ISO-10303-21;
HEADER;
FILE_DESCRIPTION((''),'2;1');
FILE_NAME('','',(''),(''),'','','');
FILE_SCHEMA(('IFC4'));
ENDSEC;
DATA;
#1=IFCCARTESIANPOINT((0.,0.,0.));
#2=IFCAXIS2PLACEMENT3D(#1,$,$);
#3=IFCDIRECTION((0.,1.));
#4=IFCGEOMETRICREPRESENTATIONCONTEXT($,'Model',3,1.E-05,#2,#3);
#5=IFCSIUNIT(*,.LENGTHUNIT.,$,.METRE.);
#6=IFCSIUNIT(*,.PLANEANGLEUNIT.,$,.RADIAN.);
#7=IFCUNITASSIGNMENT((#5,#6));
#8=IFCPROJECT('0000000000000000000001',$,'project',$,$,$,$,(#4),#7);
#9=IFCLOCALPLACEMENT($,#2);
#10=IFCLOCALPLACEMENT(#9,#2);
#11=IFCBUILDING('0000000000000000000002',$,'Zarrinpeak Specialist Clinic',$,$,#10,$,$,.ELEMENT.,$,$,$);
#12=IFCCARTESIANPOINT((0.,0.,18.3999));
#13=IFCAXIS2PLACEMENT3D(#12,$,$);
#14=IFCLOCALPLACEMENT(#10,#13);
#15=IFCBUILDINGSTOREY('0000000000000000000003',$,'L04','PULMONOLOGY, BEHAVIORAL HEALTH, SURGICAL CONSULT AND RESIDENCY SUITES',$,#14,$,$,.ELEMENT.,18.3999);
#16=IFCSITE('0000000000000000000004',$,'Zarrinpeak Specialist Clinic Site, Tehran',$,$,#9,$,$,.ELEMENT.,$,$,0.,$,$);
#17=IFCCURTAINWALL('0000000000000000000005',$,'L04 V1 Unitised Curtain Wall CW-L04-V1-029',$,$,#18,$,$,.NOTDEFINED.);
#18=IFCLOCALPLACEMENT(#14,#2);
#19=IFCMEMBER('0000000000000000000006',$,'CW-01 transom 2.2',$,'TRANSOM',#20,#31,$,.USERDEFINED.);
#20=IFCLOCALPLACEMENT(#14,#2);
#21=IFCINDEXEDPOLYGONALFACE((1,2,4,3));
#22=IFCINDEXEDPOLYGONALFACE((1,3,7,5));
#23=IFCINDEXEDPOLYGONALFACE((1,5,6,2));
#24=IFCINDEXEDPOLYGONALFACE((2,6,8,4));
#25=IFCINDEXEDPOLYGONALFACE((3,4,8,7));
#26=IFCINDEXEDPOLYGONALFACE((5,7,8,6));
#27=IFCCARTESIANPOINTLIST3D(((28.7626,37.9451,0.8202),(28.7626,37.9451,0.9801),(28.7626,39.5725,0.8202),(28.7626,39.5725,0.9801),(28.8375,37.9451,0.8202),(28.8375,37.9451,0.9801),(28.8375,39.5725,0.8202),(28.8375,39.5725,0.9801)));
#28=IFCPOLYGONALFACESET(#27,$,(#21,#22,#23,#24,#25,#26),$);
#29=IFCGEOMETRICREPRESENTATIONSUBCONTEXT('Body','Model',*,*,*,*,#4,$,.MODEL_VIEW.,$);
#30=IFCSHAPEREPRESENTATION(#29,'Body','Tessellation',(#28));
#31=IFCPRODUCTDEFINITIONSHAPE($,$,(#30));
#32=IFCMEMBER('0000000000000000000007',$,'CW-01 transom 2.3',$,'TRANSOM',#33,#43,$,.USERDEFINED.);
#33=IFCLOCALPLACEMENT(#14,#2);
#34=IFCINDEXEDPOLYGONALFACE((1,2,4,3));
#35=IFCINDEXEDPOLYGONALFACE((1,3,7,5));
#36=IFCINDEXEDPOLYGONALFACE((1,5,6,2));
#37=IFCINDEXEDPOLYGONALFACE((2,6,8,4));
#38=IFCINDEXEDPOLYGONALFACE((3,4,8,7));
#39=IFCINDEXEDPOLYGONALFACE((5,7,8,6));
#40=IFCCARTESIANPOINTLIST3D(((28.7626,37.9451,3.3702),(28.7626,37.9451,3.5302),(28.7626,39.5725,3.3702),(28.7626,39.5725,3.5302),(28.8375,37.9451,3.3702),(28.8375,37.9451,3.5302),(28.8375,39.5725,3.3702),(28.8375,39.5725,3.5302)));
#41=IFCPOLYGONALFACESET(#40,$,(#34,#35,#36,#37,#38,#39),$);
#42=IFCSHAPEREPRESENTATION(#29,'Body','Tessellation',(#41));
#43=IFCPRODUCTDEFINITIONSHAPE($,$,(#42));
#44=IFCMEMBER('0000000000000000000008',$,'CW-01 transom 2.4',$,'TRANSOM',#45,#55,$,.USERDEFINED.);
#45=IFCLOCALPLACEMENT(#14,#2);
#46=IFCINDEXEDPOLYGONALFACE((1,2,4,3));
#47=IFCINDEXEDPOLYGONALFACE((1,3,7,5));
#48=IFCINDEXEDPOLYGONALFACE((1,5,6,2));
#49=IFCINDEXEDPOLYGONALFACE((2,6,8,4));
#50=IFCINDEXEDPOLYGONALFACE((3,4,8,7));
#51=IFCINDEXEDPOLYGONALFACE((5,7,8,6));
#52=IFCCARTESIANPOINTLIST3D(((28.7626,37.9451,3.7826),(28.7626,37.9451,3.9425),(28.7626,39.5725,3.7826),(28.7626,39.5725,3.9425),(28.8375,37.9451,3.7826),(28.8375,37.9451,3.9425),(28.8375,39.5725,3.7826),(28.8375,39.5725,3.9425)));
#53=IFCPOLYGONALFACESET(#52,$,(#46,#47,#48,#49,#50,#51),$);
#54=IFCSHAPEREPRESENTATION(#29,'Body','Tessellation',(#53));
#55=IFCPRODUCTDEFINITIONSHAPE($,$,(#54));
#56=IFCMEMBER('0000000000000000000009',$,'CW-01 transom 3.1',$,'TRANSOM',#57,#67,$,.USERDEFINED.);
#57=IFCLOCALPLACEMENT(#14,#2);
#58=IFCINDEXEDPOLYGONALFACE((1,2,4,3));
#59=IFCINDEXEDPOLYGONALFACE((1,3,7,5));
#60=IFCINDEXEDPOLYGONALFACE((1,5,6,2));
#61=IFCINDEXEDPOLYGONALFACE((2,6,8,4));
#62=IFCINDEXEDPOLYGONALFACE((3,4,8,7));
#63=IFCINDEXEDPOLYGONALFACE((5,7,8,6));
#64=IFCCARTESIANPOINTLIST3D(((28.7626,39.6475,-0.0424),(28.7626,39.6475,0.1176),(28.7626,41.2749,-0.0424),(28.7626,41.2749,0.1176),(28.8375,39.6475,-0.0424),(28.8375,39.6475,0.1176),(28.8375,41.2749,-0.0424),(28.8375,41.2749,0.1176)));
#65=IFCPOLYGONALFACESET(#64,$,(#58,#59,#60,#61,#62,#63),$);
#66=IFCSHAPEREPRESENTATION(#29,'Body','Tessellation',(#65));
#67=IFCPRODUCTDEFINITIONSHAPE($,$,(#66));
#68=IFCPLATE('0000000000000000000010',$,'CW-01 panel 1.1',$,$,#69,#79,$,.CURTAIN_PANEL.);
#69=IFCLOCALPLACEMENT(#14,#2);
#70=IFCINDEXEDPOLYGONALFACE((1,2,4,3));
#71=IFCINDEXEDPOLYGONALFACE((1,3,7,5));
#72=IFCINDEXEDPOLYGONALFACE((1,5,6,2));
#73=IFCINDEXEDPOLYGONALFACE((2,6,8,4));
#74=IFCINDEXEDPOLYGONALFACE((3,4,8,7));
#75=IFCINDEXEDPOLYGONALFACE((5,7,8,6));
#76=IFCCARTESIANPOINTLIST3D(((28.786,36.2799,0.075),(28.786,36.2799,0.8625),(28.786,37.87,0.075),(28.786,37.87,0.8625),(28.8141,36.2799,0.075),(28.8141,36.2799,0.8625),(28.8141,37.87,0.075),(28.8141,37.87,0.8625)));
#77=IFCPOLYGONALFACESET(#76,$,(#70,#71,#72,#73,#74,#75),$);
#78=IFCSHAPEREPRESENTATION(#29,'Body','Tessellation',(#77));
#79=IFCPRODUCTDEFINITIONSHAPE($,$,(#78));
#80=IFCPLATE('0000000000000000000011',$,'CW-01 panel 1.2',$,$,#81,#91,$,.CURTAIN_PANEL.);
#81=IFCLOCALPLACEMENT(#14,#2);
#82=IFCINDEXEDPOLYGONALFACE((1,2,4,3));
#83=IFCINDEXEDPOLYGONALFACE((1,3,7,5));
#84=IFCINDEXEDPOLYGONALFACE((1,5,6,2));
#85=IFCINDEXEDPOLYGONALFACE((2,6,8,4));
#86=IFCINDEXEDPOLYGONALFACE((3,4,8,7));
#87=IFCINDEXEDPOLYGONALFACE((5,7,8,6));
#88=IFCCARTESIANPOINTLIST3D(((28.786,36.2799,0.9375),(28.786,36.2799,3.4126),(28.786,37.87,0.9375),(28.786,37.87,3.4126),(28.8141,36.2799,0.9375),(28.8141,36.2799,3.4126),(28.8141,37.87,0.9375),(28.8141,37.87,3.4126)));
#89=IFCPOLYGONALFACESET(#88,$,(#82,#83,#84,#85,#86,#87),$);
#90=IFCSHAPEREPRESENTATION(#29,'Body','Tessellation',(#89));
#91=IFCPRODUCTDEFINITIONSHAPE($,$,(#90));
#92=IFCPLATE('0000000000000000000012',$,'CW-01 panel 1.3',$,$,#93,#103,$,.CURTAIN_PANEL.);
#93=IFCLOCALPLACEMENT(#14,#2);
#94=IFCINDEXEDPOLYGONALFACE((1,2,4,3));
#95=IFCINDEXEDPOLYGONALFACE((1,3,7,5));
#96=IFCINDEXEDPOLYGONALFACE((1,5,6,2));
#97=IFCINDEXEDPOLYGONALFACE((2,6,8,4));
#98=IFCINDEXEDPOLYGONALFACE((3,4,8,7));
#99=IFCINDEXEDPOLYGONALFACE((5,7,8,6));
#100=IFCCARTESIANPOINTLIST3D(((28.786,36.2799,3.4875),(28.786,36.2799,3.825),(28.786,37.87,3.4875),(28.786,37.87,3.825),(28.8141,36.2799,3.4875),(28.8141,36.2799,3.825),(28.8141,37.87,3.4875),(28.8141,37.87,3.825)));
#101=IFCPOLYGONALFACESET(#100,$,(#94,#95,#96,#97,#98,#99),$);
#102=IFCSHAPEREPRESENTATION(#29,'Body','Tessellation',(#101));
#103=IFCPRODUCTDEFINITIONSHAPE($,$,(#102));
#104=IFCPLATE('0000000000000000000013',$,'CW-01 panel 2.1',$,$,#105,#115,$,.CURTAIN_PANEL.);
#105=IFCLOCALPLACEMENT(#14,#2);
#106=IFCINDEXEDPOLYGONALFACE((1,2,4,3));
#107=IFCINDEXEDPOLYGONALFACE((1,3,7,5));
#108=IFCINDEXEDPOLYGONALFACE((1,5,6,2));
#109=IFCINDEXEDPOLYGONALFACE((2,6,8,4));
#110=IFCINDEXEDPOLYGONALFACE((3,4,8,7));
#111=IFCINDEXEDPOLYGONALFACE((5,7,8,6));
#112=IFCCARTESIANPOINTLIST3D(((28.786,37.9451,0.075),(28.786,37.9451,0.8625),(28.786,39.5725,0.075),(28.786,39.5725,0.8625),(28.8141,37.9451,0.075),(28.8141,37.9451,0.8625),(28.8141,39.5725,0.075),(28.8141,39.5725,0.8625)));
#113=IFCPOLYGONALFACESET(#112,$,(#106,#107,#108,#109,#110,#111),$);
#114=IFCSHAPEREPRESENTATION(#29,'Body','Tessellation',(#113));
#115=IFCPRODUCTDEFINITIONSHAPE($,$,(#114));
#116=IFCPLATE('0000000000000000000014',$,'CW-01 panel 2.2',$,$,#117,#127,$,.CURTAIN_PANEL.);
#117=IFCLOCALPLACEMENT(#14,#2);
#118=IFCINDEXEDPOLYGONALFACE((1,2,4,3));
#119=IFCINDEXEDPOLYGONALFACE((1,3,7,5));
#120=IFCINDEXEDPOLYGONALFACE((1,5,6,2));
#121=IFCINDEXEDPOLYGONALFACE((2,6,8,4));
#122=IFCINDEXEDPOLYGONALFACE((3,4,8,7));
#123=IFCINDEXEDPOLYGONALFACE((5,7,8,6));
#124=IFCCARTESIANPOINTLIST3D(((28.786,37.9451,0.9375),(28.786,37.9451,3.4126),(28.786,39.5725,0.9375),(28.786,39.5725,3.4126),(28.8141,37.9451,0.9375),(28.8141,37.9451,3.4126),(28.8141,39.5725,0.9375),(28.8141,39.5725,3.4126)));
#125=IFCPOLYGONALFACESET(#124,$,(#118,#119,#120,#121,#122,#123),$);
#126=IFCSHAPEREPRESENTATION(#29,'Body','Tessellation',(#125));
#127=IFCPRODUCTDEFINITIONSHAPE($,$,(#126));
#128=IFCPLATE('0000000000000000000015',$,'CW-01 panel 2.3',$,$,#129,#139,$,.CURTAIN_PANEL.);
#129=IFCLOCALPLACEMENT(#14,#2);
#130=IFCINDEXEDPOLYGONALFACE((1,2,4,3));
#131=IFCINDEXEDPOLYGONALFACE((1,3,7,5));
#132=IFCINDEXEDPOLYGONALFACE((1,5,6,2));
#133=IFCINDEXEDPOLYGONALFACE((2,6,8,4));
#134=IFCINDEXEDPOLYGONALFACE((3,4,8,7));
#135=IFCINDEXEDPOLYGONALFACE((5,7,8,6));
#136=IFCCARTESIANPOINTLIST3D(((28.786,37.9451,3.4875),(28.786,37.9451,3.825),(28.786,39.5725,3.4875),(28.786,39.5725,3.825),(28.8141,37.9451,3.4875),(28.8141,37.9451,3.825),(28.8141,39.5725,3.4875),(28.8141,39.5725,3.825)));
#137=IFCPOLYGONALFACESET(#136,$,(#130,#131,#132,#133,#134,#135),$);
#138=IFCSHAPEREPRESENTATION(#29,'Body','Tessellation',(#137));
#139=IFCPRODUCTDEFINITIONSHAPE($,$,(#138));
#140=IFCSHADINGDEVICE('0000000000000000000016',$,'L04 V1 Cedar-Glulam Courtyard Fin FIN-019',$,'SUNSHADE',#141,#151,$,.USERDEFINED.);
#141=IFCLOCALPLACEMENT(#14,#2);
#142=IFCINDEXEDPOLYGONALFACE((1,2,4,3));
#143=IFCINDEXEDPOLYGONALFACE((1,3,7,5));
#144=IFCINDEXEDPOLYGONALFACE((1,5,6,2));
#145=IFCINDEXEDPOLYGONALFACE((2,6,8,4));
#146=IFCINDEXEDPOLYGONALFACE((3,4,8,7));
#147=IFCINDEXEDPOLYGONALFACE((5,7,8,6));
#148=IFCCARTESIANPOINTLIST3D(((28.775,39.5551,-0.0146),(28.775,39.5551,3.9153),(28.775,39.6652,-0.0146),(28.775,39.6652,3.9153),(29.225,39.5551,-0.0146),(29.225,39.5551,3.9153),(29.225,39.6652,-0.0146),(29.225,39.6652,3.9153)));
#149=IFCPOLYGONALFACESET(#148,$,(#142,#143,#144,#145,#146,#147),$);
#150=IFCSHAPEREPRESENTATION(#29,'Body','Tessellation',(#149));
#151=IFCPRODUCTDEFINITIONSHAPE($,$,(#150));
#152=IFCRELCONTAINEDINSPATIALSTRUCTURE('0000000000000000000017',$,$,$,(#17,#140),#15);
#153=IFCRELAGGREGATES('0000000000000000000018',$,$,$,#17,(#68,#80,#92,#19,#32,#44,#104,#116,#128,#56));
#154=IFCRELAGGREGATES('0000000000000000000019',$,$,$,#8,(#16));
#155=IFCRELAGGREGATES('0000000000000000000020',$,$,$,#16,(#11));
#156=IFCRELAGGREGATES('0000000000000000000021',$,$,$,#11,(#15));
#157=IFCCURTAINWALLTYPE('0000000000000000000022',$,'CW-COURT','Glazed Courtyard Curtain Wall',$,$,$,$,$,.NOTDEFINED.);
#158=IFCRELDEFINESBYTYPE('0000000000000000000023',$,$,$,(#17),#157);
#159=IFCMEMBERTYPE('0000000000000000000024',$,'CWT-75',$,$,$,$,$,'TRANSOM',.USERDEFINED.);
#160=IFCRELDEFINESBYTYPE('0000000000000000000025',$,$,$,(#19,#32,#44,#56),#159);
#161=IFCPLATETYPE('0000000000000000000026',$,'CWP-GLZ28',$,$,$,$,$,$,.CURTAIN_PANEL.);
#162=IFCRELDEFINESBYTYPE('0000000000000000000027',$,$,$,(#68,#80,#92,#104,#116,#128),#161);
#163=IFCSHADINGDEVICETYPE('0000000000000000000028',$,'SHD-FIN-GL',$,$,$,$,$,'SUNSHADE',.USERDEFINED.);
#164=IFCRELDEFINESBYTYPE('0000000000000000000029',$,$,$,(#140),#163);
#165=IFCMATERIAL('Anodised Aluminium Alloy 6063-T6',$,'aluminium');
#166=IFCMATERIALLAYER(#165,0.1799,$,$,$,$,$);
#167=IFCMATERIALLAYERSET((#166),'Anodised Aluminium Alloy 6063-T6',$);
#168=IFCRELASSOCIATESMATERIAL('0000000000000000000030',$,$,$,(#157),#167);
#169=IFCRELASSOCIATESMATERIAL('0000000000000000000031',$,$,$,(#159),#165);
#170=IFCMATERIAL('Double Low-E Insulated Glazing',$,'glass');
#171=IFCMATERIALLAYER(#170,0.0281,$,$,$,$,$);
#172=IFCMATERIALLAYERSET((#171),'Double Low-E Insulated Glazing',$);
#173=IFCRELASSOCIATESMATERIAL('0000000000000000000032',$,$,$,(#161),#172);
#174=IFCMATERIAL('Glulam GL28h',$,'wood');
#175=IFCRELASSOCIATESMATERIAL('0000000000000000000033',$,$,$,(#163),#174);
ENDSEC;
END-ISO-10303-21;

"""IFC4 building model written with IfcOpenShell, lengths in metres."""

from ifc_helpers import new_model, si_unit, direction, frame, origin, origin_2d, place, context, subcontext, project, spatial, rectangle, extrude, material, layer, layer_set, material_profile, profile_set, type_object, element, aggregate, save


model = new_model("IFC4")

# Units and contexts
model_context = context("Model", 3, precision=1e-05, world=origin(), true_north=direction((0.0, 1.0)))
body_context = subcontext(model_context, "Body", "Model", "MODEL_VIEW")
ifc_project = project(units=[si_unit("LENGTHUNIT", "METRE"), si_unit("PLANEANGLEUNIT", "RADIAN")], contexts=[model_context])

# Site, building, storey
site_placement = place(None, origin())
site = spatial("IfcSite", under=ifc_project, at=site_placement, Name="Zarrinpeak Specialist Clinic Site, Tehran", CompositionType="ELEMENT", RefElevation=0.0)
building_placement = place(site_placement, origin())
building = spatial("IfcBuilding", under=site, at=building_placement, Name="Zarrinpeak Specialist Clinic", CompositionType="ELEMENT")
storey_placement = place(building_placement, frame((0.0, 0.0, 18.3999)))
storey = spatial("IfcBuildingStorey", under=building, at=storey_placement, Name="L04", Description="PULMONOLOGY, BEHAVIORAL HEALTH, SURGICAL CONSULT AND RESIDENCY SUITES", CompositionType="ELEMENT", Elevation=18.3999)

# Shared definitions
ifc_material_1 = material(Name="Anodised Aluminium Alloy 6063-T6", Category="aluminium")
ifc_layer_1 = layer(ifc_material_1, 0.1799)
ifc_layer_set_1 = layer_set([ifc_layer_1], Name="Anodised Aluminium Alloy 6063-T6")
curtain_wall_type = type_object("IfcCurtainWallType", Name="CW-COURT", Description="Glazed Courtyard Curtain Wall", PredefinedType="NOTDEFINED", material=ifc_layer_set_1)

# Curtain wall, members, plates
curtain_wall_1_placement = place(storey_placement, origin())
curtain_wall_1 = element("IfcCurtainWall", 1, at=curtain_wall_1_placement, inside=storey, type_object=curtain_wall_type, Name="L04 V1 Unitised Curtain Wall CW-L04-V1-029", PredefinedType="NOTDEFINED")
ifc_material_profile_1 = material_profile(ifc_material_1, rectangle(XDim=0.075, YDim=0.1599, at=origin_2d()), Name="ALU 75x160")
ifc_profile_set_1 = profile_set([ifc_material_profile_1], Name="Anodised Aluminium Alloy 6063-T6")
member_type_1 = type_object("IfcMemberType", Name="CWT-75", ElementType="TRANSOM", PredefinedType="USERDEFINED", material=ifc_profile_set_1)
member_1_placement = place(storey_placement, frame((28.8, 37.9451, 0.9001), z_axis=(0.0, 1.0, 0.0), x_axis=(-1.0, 0.0, 0.0)))
member_1 = element("IfcMember", 2, at=member_1_placement, type_object=member_type_1, Name="CW-01 transom 2.2", ObjectType="TRANSOM", PredefinedType="USERDEFINED", context=body_context, shape_type="SweptSolid", body=[
    extrude(rectangle(XDim=0.075, YDim=0.1599, at=origin_2d()), origin(), (0.0, 0.0, 1.0), 1.6274),
])
member_2_placement = place(storey_placement, frame((28.8, 37.9451, 3.4502), z_axis=(0.0, 1.0, 0.0), x_axis=(-1.0, 0.0, 0.0)))
member_2 = element("IfcMember", 3, at=member_2_placement, type_object=member_type_1, Name="CW-01 transom 2.3", ObjectType="TRANSOM", PredefinedType="USERDEFINED", context=body_context, shape_type="SweptSolid", body=[
    extrude(rectangle(XDim=0.075, YDim=0.1599, at=origin_2d()), origin(), (0.0, 0.0, 1.0), 1.6274),
])
member_3_placement = place(storey_placement, frame((28.8, 37.9451, 3.8625), z_axis=(0.0, 1.0, 0.0), x_axis=(-1.0, 0.0, 0.0)))
member_3 = element("IfcMember", 4, at=member_3_placement, type_object=member_type_1, Name="CW-01 transom 2.4", ObjectType="TRANSOM", PredefinedType="USERDEFINED", context=body_context, shape_type="SweptSolid", body=[
    extrude(rectangle(XDim=0.075, YDim=0.1599, at=origin_2d()), origin(), (0.0, 0.0, 1.0), 1.6274),
])
member_4_placement = place(storey_placement, frame((28.8, 39.6475, 0.0376), z_axis=(0.0, 1.0, 0.0), x_axis=(-1.0, 0.0, 0.0)))
member_4 = element("IfcMember", 5, at=member_4_placement, type_object=member_type_1, Name="CW-01 transom 3.1", ObjectType="TRANSOM", PredefinedType="USERDEFINED", context=body_context, shape_type="SweptSolid", body=[
    extrude(rectangle(XDim=0.075, YDim=0.1599, at=origin_2d()), origin(), (0.0, 0.0, 1.0), 1.6274),
])
ifc_material_2 = material(Name="Double Low-E Insulated Glazing", Category="glass")
ifc_layer_2 = layer(ifc_material_2, 0.0281)
ifc_layer_set_2 = layer_set([ifc_layer_2], Name="Double Low-E Insulated Glazing")
plate_type = type_object("IfcPlateType", Name="CWP-GLZ28", PredefinedType="CURTAIN_PANEL", material=ifc_layer_set_2)
plate_1_placement = place(storey_placement, frame((28.8, 37.075, 0.075), z_axis=(0.0, 0.0, 1.0), x_axis=(0.0, 1.0, 0.0)))
plate_1 = element("IfcPlate", 6, at=plate_1_placement, type_object=plate_type, Name="CW-01 panel 1.1", PredefinedType="CURTAIN_PANEL", context=body_context, shape_type="SweptSolid", body=[
    extrude(rectangle(XDim=1.5901, YDim=0.0281, at=origin_2d()), origin(), (0.0, 0.0, 1.0), 0.7876),
])
plate_2_placement = place(storey_placement, frame((28.8, 37.075, 0.9375), z_axis=(0.0, 0.0, 1.0), x_axis=(0.0, 1.0, 0.0)))
plate_2 = element("IfcPlate", 7, at=plate_2_placement, type_object=plate_type, Name="CW-01 panel 1.2", PredefinedType="CURTAIN_PANEL", context=body_context, shape_type="SweptSolid", body=[
    extrude(rectangle(XDim=1.5901, YDim=0.0281, at=origin_2d()), origin(), (0.0, 0.0, 1.0), 2.4751),
])
plate_3_placement = place(storey_placement, frame((28.8, 37.075, 3.4875), z_axis=(0.0, 0.0, 1.0), x_axis=(0.0, 1.0, 0.0)))
plate_3 = element("IfcPlate", 8, at=plate_3_placement, type_object=plate_type, Name="CW-01 panel 1.3", PredefinedType="CURTAIN_PANEL", context=body_context, shape_type="SweptSolid", body=[
    extrude(rectangle(XDim=1.5901, YDim=0.0281, at=origin_2d()), origin(), (0.0, 0.0, 1.0), 0.3374),
])
plate_4_placement = place(storey_placement, frame((28.8, 38.7588, 0.075), z_axis=(0.0, 0.0, 1.0), x_axis=(0.0, 1.0, 0.0)))
plate_4 = element("IfcPlate", 9, at=plate_4_placement, type_object=plate_type, Name="CW-01 panel 2.1", PredefinedType="CURTAIN_PANEL", context=body_context, shape_type="SweptSolid", body=[
    extrude(rectangle(XDim=1.6274, YDim=0.0281, at=origin_2d()), origin(), (0.0, 0.0, 1.0), 0.7876),
])
plate_5_placement = place(storey_placement, frame((28.8, 38.7588, 0.9375), z_axis=(0.0, 0.0, 1.0), x_axis=(0.0, 1.0, 0.0)))
plate_5 = element("IfcPlate", 10, at=plate_5_placement, type_object=plate_type, Name="CW-01 panel 2.2", PredefinedType="CURTAIN_PANEL", context=body_context, shape_type="SweptSolid", body=[
    extrude(rectangle(XDim=1.6274, YDim=0.0281, at=origin_2d()), origin(), (0.0, 0.0, 1.0), 2.4751),
])
plate_6_placement = place(storey_placement, frame((28.8, 38.7588, 3.4875), z_axis=(0.0, 0.0, 1.0), x_axis=(0.0, 1.0, 0.0)))
plate_6 = element("IfcPlate", 11, at=plate_6_placement, type_object=plate_type, Name="CW-01 panel 2.3", PredefinedType="CURTAIN_PANEL", context=body_context, shape_type="SweptSolid", body=[
    extrude(rectangle(XDim=1.6274, YDim=0.0281, at=origin_2d()), origin(), (0.0, 0.0, 1.0), 0.3374),
])
aggregate(curtain_wall_1, [plate_1, plate_2, plate_3, member_1, member_2, member_3, plate_4, plate_5, plate_6, member_4])

# Shading device
ifc_material_3 = material(Name="Glulam GL28h", Category="wood")
shading_device_type = type_object("IfcShadingDeviceType", Name="SHD-FIN-GL", ElementType="SUNSHADE", PredefinedType="USERDEFINED", material=ifc_material_3)
shading_device_placement = place(storey_placement, frame((29.0, 39.6101, -0.0146), z_axis=(0.0, 0.0, 1.0), x_axis=(1.0, 0.0, 0.0)))
element("IfcShadingDevice", 12, at=shading_device_placement, inside=storey, type_object=shading_device_type, Name="L04 V1 Cedar-Glulam Courtyard Fin FIN-019", ObjectType="SUNSHADE", PredefinedType="USERDEFINED", context=body_context, shape_type="SweptSolid", body=[
    extrude(rectangle(XDim=0.45, YDim=0.1101, at=origin_2d()), origin(), (0.0, 0.0, 1.0), 3.9299),
])

save(model, "model.ifc")
